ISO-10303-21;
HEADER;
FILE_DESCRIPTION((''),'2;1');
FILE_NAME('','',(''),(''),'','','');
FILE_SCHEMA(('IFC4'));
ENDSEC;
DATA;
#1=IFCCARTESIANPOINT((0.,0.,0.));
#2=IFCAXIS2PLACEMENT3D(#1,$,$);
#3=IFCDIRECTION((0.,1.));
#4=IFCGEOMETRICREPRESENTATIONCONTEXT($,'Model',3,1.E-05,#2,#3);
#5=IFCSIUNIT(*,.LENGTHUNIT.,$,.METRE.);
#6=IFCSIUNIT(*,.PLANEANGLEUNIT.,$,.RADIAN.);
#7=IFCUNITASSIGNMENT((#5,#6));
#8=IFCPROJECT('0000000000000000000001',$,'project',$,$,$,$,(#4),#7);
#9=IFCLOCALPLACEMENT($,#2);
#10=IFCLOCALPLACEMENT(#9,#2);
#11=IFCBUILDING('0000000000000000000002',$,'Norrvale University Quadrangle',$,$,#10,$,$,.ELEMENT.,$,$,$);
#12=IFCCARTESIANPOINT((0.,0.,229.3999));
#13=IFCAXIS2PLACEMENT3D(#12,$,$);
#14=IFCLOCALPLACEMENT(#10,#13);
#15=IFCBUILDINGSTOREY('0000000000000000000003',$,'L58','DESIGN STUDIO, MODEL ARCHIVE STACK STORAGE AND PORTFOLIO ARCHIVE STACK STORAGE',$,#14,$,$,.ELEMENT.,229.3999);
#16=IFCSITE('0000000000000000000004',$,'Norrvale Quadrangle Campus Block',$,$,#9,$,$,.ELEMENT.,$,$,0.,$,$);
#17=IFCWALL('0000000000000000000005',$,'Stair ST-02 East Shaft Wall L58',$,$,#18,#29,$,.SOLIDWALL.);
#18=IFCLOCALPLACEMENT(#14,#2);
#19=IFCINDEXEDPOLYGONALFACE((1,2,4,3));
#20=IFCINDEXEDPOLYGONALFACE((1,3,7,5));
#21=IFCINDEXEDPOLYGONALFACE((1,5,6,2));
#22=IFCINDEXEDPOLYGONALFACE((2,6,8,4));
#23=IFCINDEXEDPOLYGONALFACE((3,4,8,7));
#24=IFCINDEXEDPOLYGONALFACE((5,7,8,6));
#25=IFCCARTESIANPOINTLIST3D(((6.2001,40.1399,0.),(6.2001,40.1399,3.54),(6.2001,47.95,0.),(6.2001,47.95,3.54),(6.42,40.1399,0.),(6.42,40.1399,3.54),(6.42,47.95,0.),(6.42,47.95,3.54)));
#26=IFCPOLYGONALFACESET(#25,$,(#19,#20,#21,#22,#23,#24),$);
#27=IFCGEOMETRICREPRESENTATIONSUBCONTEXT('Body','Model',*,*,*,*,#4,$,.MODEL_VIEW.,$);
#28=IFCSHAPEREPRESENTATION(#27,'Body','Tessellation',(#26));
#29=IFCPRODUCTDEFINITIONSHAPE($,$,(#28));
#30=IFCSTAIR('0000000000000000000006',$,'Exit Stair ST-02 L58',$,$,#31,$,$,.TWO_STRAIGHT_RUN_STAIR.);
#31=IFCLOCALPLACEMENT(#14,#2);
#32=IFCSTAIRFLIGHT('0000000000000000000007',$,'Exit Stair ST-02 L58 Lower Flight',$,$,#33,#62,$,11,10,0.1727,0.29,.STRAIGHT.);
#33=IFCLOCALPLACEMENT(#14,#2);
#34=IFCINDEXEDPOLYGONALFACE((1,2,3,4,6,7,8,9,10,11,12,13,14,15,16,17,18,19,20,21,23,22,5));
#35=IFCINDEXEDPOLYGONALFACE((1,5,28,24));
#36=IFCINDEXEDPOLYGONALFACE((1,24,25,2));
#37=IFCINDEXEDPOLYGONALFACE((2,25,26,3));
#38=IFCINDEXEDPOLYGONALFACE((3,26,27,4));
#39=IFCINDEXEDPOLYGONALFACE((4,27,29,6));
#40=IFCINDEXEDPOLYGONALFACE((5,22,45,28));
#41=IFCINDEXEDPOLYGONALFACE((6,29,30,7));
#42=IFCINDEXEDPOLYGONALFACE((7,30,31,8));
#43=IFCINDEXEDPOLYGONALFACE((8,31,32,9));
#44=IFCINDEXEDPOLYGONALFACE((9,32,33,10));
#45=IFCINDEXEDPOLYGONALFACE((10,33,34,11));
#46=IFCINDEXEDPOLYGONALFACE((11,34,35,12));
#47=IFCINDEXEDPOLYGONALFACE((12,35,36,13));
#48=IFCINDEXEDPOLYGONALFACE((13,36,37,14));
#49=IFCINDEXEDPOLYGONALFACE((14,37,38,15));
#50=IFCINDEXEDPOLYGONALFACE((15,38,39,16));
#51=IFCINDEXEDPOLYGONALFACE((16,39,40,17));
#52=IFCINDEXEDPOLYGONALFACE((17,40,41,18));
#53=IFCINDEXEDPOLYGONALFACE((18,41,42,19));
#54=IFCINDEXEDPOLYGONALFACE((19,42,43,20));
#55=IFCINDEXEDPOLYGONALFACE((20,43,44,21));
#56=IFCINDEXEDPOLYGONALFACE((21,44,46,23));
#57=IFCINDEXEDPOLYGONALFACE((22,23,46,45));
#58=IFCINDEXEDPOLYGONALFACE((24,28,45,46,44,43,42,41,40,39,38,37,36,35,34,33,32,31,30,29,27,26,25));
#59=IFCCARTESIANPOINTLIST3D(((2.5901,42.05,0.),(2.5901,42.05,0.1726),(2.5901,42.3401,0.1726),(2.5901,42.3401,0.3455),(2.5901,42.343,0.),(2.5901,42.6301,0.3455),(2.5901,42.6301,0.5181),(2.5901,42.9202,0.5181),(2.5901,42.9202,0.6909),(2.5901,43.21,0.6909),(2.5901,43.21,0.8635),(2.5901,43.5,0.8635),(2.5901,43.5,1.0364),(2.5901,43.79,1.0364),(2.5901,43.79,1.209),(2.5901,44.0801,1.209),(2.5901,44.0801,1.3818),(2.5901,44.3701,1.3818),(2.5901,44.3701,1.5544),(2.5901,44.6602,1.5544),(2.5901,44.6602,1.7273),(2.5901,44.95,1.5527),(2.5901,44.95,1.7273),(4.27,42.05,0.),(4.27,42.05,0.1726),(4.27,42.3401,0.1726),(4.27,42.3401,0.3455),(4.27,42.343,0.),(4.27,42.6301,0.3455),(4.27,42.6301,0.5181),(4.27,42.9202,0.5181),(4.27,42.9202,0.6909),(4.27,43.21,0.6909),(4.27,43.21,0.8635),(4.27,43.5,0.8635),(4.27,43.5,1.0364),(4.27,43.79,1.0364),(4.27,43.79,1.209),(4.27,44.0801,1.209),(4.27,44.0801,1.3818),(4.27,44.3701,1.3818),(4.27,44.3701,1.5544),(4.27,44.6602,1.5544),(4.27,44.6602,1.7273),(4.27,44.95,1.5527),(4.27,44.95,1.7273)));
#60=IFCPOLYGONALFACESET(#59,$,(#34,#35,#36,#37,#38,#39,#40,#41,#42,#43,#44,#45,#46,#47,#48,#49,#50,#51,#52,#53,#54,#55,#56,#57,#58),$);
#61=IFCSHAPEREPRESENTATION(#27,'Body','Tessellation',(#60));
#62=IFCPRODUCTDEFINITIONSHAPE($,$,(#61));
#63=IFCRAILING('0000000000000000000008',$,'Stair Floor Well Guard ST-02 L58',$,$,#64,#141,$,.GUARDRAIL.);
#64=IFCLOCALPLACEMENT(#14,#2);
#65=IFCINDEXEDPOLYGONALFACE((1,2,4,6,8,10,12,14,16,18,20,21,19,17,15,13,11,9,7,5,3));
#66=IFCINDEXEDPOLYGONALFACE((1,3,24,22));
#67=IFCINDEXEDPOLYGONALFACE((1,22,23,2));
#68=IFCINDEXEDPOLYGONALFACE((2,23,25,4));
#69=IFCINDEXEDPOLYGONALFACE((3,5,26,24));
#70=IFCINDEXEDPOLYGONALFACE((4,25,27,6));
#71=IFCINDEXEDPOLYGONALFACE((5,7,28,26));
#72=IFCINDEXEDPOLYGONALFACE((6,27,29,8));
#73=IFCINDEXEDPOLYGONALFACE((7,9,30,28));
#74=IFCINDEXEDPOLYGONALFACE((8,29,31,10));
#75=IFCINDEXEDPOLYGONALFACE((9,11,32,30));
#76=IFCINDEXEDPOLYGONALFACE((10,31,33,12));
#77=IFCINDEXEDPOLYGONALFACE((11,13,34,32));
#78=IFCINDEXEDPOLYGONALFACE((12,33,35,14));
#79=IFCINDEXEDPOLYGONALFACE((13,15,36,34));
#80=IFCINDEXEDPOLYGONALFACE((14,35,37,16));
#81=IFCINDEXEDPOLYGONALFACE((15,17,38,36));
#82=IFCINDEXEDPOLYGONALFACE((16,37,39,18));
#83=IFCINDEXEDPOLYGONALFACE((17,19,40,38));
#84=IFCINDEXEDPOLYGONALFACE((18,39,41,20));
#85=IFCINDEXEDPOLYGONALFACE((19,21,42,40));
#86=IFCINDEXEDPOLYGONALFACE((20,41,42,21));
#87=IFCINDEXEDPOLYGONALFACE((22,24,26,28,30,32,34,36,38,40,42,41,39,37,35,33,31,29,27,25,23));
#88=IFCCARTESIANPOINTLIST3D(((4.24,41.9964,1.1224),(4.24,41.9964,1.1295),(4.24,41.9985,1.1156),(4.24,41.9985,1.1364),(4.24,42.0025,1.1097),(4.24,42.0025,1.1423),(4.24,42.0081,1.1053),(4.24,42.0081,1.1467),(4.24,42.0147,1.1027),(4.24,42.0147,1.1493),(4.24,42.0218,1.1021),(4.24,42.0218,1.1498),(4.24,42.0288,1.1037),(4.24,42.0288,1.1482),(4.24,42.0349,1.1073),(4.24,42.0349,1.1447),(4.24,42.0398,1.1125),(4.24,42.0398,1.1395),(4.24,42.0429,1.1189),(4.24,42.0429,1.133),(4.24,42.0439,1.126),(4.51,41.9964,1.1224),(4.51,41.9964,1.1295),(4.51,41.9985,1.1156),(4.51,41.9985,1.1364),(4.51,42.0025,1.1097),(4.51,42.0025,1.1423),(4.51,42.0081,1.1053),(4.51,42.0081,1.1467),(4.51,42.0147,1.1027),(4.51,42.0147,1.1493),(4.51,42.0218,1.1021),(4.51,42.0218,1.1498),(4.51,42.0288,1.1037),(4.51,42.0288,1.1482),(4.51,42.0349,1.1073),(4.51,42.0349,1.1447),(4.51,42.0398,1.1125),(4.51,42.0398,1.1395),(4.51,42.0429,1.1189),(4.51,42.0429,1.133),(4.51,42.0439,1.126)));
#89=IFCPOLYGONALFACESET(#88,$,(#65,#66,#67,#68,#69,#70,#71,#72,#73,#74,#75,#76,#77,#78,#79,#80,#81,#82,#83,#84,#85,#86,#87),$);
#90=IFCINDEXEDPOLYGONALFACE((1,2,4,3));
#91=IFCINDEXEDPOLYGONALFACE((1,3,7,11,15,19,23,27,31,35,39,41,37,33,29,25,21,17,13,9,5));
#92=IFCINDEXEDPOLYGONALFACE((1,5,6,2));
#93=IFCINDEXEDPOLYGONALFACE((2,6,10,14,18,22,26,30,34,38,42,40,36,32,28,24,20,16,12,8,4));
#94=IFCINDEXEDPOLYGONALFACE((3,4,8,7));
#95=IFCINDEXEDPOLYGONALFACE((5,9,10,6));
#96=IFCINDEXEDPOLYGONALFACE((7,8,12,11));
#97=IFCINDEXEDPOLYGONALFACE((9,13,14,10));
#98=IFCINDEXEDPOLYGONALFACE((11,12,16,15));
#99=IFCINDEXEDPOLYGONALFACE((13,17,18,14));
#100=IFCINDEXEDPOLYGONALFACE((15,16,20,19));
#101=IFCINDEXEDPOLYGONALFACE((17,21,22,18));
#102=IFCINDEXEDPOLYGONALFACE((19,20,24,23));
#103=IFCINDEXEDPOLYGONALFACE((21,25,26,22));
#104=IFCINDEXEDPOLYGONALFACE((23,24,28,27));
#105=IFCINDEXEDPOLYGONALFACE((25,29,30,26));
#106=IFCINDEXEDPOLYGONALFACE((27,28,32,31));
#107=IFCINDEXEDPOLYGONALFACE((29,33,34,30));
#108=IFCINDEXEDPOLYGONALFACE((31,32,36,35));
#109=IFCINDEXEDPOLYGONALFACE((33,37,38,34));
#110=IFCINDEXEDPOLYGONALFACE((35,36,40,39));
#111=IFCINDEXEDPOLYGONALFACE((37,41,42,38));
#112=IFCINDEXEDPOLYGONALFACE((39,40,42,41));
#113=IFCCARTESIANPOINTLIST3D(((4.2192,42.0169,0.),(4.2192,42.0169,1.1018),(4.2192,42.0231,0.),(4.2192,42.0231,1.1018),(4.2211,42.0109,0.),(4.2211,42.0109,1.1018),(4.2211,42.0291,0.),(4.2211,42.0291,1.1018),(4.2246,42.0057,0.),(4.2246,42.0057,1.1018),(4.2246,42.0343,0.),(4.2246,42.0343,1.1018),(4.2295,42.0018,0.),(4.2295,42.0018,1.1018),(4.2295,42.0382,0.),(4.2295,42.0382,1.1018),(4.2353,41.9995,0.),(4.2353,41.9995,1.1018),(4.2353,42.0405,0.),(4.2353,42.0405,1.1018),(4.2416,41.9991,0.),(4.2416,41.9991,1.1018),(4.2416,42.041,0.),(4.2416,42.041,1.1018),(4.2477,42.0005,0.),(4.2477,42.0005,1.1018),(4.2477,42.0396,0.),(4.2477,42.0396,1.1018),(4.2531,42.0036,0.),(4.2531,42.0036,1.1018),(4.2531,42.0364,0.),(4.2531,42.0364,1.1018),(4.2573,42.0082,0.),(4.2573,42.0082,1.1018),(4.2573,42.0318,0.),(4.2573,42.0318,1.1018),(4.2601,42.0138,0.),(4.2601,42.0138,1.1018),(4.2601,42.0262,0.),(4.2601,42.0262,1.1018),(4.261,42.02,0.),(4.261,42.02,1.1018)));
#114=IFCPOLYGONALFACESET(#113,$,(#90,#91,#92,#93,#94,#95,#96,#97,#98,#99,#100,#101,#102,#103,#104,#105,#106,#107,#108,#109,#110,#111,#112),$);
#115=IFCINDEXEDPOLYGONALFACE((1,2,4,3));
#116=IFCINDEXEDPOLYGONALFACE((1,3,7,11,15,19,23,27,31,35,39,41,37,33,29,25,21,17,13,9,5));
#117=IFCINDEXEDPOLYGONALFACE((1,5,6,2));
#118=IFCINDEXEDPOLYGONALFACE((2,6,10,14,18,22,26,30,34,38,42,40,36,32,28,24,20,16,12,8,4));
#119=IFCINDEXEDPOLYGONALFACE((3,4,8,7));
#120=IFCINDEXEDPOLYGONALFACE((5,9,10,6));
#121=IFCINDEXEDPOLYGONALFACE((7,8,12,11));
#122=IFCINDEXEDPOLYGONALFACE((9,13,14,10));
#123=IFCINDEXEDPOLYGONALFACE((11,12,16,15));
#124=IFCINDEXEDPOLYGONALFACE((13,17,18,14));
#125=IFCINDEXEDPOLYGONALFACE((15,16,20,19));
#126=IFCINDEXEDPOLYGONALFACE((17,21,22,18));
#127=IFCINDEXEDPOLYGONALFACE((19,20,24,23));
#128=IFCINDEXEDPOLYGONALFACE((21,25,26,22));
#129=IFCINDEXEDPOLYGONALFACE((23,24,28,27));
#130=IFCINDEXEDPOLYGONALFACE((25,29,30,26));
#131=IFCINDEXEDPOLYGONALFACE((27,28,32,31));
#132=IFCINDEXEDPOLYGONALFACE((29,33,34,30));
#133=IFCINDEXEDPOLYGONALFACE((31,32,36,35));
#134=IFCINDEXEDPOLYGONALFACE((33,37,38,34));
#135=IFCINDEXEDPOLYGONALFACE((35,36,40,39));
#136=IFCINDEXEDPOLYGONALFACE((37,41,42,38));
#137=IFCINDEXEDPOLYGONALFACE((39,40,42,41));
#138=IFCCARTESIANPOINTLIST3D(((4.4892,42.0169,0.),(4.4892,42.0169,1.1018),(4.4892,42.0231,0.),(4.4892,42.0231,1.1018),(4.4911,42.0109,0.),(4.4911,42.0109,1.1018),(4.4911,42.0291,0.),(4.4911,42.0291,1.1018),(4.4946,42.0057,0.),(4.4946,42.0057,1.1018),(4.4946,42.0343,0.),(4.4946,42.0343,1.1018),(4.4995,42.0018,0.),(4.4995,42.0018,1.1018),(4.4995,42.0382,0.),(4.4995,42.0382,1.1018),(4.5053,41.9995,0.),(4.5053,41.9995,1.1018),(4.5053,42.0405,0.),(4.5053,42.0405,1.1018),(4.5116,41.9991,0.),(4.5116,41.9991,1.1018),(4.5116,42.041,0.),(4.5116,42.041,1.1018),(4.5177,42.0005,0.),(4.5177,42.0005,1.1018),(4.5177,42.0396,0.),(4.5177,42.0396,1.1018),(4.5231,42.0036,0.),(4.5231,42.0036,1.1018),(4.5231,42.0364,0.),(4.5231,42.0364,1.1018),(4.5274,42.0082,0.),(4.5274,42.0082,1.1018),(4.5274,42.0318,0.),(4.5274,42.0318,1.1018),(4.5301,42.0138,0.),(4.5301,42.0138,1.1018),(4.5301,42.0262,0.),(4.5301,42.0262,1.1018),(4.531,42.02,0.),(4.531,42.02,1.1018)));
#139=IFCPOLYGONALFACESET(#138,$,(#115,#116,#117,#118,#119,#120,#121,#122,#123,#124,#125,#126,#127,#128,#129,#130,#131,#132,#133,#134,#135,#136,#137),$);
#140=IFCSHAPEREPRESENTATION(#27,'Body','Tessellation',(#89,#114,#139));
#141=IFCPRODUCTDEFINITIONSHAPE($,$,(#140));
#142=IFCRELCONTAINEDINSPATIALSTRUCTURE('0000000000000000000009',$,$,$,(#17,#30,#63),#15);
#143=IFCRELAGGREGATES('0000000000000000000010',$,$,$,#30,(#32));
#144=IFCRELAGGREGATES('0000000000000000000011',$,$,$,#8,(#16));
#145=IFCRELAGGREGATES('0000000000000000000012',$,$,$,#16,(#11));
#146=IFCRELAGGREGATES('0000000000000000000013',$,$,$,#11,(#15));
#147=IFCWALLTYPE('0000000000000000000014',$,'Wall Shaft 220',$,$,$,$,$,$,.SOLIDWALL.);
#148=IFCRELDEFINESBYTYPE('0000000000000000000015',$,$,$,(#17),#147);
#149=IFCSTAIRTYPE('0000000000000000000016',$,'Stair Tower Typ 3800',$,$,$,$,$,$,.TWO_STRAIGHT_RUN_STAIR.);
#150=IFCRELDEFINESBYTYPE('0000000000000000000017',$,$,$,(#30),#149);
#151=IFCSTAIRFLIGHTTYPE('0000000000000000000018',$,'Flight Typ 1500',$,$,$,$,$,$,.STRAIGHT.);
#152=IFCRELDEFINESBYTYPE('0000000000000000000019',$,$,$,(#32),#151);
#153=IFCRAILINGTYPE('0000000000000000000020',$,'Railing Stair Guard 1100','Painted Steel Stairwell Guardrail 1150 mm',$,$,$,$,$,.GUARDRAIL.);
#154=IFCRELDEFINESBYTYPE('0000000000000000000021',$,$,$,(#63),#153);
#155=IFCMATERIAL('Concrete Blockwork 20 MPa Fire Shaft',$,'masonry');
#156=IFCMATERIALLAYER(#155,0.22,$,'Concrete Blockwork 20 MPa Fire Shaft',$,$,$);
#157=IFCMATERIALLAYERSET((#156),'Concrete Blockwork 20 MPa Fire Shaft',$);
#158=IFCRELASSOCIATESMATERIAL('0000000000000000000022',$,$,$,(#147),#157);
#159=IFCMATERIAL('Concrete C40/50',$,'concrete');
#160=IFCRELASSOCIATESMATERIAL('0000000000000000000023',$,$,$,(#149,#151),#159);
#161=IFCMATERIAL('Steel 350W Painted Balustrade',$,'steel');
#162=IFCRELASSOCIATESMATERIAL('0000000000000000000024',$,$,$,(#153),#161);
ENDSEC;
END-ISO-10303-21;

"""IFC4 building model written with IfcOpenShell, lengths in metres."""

from ifc_helpers import new_model, si_unit, direction, frame, frame_2d, origin, origin_2d, place, context, subcontext, project, spatial, polyline, rectangle, circle, outline, extrude, material, layer, layer_set, type_object, element, aggregate, save


model = new_model("IFC4")

# Units and contexts
model_context = context("Model", 3, precision=1e-05, world=origin(), true_north=direction((0.0, 1.0)))
body_context = subcontext(model_context, "Body", "Model", "MODEL_VIEW")
ifc_project = project(units=[si_unit("LENGTHUNIT", "METRE"), si_unit("PLANEANGLEUNIT", "RADIAN")], contexts=[model_context])

# Site, building, storey
site_placement = place(None, origin())
site = spatial("IfcSite", under=ifc_project, at=site_placement, Name="Norrvale Quadrangle Campus Block", CompositionType="ELEMENT", RefElevation=0.0)
building_placement = place(site_placement, origin())
building = spatial("IfcBuilding", under=site, at=building_placement, Name="Norrvale University Quadrangle", CompositionType="ELEMENT")
storey_placement = place(building_placement, frame((0.0, 0.0, 229.3999)))
storey = spatial("IfcBuildingStorey", under=building, at=storey_placement, Name="L58", Description="DESIGN STUDIO, MODEL ARCHIVE STACK STORAGE AND PORTFOLIO ARCHIVE STACK STORAGE", CompositionType="ELEMENT", Elevation=229.3999)

# Shared definitions
ifc_material_1 = material(Name="Concrete Blockwork 20 MPa Fire Shaft", Category="masonry")
ifc_layer_1 = layer(ifc_material_1, 0.22, Name="Concrete Blockwork 20 MPa Fire Shaft")
ifc_layer_set_1 = layer_set([ifc_layer_1], Name="Concrete Blockwork 20 MPa Fire Shaft")
wall_type_1 = type_object("IfcWallType", Name="Wall Shaft 220", PredefinedType="SOLIDWALL", material=ifc_layer_set_1)

# Wall
wall_1_placement = place(storey_placement, frame((6.3101, 40.1399, 0.0), z_axis=(0.0, 0.0, 1.0), x_axis=(0.0, 1.0, 0.0)))
element("IfcWall", 1, at=wall_1_placement, inside=storey, type_object=wall_type_1, Name="Stair ST-02 East Shaft Wall L58", PredefinedType="SOLIDWALL", context=body_context, shape_type="SweptSolid", body=[
    extrude(rectangle(XDim=7.8101, YDim=0.22, at=frame_2d((3.905, 0.0))), origin(), (0.0, 0.0, 1.0), 3.54),
])

# Stair, stair flight
ifc_material_2 = material(Name="Concrete C40/50", Category="concrete")
stair_type = type_object("IfcStairType", Name="Stair Tower Typ 3800", PredefinedType="TWO_STRAIGHT_RUN_STAIR", material=ifc_material_2)
stair_placement = place(storey_placement, origin())
stair = element("IfcStair", 2, at=stair_placement, inside=storey, type_object=stair_type, Name="Exit Stair ST-02 L58", PredefinedType="TWO_STRAIGHT_RUN_STAIR")
stair_flight_type = type_object("IfcStairFlightType", Name="Flight Typ 1500", PredefinedType="STRAIGHT", material=ifc_material_2)
stair_flight_placement = place(storey_placement, frame((3.4299, 42.05, 0.0), z_axis=(0.0, 0.0, 1.0), x_axis=(0.0, 1.0, 0.0)))
stair_flight = element("IfcStairFlight", 3, at=stair_flight_placement, type_object=stair_flight_type, Name="Exit Stair ST-02 L58 Lower Flight", NumberOfRisers=11, NumberOfTreads=10, PredefinedType="STRAIGHT", RiserHeight=0.1727, TreadLength=0.29, context=body_context, shape_type="SweptSolid", body=[
    extrude(outline(polyline([(0.0, 0.0), (0.0, 0.1726), (0.29, 0.1726), (0.29, 0.3455), (0.5801, 0.3455), (0.5801, 0.5181), (0.8701, 0.5181), (0.8701, 0.6909), (1.1599, 0.6909), (1.1599, 0.8635), (1.45, 0.8635), (1.45, 1.0364), (1.74, 1.0364), (1.74, 1.209), (2.03, 1.209), (2.03, 1.3818), (2.3201, 1.3818), (2.3201, 1.5544), (2.6101, 1.5544), (2.6101, 1.7273), (2.8999, 1.7273), (2.8999, 1.8999), (2.8999, 1.5527), (0.293, 0.0), (0.0, 0.0)])), frame((0.0, 0.8398, 0.0), z_axis=(0.0, -1.0, 0.0), x_axis=(1.0, 0.0, 0.0)), (0.0, 0.0, 1.0), 1.6799),
])
aggregate(stair, [stair_flight])

# Railing
ifc_material_3 = material(Name="Steel 350W Painted Balustrade", Category="steel")
railing_type_1 = type_object("IfcRailingType", Name="Railing Stair Guard 1100", Description="Painted Steel Stairwell Guardrail 1150 mm", PredefinedType="GUARDRAIL", material=ifc_material_3)
railing_1_placement = place(storey_placement, frame((4.24, 42.02, 0.0)))
element("IfcRailing", 4, at=railing_1_placement, inside=storey, type_object=railing_type_1, Name="Stair Floor Well Guard ST-02 L58", PredefinedType="GUARDRAIL", context=body_context, shape_type="SweptSolid", body=[
    extrude(circle(Radius=0.0239, at=origin_2d()), frame((0.0, 0.0, 1.126), z_axis=(1.0, 0.0, 0.0), x_axis=(0.0, 1.0, 0.0)), (0.0, 0.0, 1.0), 0.27),
    extrude(circle(Radius=0.021, at=origin_2d()), origin(), (0.0, 0.0, 1.0), 1.1018),
    extrude(circle(Radius=0.021, at=origin_2d()), frame((0.27, 0.0, 0.0)), (0.0, 0.0, 1.0), 1.1018),
])

save(model, "model.ifc")
